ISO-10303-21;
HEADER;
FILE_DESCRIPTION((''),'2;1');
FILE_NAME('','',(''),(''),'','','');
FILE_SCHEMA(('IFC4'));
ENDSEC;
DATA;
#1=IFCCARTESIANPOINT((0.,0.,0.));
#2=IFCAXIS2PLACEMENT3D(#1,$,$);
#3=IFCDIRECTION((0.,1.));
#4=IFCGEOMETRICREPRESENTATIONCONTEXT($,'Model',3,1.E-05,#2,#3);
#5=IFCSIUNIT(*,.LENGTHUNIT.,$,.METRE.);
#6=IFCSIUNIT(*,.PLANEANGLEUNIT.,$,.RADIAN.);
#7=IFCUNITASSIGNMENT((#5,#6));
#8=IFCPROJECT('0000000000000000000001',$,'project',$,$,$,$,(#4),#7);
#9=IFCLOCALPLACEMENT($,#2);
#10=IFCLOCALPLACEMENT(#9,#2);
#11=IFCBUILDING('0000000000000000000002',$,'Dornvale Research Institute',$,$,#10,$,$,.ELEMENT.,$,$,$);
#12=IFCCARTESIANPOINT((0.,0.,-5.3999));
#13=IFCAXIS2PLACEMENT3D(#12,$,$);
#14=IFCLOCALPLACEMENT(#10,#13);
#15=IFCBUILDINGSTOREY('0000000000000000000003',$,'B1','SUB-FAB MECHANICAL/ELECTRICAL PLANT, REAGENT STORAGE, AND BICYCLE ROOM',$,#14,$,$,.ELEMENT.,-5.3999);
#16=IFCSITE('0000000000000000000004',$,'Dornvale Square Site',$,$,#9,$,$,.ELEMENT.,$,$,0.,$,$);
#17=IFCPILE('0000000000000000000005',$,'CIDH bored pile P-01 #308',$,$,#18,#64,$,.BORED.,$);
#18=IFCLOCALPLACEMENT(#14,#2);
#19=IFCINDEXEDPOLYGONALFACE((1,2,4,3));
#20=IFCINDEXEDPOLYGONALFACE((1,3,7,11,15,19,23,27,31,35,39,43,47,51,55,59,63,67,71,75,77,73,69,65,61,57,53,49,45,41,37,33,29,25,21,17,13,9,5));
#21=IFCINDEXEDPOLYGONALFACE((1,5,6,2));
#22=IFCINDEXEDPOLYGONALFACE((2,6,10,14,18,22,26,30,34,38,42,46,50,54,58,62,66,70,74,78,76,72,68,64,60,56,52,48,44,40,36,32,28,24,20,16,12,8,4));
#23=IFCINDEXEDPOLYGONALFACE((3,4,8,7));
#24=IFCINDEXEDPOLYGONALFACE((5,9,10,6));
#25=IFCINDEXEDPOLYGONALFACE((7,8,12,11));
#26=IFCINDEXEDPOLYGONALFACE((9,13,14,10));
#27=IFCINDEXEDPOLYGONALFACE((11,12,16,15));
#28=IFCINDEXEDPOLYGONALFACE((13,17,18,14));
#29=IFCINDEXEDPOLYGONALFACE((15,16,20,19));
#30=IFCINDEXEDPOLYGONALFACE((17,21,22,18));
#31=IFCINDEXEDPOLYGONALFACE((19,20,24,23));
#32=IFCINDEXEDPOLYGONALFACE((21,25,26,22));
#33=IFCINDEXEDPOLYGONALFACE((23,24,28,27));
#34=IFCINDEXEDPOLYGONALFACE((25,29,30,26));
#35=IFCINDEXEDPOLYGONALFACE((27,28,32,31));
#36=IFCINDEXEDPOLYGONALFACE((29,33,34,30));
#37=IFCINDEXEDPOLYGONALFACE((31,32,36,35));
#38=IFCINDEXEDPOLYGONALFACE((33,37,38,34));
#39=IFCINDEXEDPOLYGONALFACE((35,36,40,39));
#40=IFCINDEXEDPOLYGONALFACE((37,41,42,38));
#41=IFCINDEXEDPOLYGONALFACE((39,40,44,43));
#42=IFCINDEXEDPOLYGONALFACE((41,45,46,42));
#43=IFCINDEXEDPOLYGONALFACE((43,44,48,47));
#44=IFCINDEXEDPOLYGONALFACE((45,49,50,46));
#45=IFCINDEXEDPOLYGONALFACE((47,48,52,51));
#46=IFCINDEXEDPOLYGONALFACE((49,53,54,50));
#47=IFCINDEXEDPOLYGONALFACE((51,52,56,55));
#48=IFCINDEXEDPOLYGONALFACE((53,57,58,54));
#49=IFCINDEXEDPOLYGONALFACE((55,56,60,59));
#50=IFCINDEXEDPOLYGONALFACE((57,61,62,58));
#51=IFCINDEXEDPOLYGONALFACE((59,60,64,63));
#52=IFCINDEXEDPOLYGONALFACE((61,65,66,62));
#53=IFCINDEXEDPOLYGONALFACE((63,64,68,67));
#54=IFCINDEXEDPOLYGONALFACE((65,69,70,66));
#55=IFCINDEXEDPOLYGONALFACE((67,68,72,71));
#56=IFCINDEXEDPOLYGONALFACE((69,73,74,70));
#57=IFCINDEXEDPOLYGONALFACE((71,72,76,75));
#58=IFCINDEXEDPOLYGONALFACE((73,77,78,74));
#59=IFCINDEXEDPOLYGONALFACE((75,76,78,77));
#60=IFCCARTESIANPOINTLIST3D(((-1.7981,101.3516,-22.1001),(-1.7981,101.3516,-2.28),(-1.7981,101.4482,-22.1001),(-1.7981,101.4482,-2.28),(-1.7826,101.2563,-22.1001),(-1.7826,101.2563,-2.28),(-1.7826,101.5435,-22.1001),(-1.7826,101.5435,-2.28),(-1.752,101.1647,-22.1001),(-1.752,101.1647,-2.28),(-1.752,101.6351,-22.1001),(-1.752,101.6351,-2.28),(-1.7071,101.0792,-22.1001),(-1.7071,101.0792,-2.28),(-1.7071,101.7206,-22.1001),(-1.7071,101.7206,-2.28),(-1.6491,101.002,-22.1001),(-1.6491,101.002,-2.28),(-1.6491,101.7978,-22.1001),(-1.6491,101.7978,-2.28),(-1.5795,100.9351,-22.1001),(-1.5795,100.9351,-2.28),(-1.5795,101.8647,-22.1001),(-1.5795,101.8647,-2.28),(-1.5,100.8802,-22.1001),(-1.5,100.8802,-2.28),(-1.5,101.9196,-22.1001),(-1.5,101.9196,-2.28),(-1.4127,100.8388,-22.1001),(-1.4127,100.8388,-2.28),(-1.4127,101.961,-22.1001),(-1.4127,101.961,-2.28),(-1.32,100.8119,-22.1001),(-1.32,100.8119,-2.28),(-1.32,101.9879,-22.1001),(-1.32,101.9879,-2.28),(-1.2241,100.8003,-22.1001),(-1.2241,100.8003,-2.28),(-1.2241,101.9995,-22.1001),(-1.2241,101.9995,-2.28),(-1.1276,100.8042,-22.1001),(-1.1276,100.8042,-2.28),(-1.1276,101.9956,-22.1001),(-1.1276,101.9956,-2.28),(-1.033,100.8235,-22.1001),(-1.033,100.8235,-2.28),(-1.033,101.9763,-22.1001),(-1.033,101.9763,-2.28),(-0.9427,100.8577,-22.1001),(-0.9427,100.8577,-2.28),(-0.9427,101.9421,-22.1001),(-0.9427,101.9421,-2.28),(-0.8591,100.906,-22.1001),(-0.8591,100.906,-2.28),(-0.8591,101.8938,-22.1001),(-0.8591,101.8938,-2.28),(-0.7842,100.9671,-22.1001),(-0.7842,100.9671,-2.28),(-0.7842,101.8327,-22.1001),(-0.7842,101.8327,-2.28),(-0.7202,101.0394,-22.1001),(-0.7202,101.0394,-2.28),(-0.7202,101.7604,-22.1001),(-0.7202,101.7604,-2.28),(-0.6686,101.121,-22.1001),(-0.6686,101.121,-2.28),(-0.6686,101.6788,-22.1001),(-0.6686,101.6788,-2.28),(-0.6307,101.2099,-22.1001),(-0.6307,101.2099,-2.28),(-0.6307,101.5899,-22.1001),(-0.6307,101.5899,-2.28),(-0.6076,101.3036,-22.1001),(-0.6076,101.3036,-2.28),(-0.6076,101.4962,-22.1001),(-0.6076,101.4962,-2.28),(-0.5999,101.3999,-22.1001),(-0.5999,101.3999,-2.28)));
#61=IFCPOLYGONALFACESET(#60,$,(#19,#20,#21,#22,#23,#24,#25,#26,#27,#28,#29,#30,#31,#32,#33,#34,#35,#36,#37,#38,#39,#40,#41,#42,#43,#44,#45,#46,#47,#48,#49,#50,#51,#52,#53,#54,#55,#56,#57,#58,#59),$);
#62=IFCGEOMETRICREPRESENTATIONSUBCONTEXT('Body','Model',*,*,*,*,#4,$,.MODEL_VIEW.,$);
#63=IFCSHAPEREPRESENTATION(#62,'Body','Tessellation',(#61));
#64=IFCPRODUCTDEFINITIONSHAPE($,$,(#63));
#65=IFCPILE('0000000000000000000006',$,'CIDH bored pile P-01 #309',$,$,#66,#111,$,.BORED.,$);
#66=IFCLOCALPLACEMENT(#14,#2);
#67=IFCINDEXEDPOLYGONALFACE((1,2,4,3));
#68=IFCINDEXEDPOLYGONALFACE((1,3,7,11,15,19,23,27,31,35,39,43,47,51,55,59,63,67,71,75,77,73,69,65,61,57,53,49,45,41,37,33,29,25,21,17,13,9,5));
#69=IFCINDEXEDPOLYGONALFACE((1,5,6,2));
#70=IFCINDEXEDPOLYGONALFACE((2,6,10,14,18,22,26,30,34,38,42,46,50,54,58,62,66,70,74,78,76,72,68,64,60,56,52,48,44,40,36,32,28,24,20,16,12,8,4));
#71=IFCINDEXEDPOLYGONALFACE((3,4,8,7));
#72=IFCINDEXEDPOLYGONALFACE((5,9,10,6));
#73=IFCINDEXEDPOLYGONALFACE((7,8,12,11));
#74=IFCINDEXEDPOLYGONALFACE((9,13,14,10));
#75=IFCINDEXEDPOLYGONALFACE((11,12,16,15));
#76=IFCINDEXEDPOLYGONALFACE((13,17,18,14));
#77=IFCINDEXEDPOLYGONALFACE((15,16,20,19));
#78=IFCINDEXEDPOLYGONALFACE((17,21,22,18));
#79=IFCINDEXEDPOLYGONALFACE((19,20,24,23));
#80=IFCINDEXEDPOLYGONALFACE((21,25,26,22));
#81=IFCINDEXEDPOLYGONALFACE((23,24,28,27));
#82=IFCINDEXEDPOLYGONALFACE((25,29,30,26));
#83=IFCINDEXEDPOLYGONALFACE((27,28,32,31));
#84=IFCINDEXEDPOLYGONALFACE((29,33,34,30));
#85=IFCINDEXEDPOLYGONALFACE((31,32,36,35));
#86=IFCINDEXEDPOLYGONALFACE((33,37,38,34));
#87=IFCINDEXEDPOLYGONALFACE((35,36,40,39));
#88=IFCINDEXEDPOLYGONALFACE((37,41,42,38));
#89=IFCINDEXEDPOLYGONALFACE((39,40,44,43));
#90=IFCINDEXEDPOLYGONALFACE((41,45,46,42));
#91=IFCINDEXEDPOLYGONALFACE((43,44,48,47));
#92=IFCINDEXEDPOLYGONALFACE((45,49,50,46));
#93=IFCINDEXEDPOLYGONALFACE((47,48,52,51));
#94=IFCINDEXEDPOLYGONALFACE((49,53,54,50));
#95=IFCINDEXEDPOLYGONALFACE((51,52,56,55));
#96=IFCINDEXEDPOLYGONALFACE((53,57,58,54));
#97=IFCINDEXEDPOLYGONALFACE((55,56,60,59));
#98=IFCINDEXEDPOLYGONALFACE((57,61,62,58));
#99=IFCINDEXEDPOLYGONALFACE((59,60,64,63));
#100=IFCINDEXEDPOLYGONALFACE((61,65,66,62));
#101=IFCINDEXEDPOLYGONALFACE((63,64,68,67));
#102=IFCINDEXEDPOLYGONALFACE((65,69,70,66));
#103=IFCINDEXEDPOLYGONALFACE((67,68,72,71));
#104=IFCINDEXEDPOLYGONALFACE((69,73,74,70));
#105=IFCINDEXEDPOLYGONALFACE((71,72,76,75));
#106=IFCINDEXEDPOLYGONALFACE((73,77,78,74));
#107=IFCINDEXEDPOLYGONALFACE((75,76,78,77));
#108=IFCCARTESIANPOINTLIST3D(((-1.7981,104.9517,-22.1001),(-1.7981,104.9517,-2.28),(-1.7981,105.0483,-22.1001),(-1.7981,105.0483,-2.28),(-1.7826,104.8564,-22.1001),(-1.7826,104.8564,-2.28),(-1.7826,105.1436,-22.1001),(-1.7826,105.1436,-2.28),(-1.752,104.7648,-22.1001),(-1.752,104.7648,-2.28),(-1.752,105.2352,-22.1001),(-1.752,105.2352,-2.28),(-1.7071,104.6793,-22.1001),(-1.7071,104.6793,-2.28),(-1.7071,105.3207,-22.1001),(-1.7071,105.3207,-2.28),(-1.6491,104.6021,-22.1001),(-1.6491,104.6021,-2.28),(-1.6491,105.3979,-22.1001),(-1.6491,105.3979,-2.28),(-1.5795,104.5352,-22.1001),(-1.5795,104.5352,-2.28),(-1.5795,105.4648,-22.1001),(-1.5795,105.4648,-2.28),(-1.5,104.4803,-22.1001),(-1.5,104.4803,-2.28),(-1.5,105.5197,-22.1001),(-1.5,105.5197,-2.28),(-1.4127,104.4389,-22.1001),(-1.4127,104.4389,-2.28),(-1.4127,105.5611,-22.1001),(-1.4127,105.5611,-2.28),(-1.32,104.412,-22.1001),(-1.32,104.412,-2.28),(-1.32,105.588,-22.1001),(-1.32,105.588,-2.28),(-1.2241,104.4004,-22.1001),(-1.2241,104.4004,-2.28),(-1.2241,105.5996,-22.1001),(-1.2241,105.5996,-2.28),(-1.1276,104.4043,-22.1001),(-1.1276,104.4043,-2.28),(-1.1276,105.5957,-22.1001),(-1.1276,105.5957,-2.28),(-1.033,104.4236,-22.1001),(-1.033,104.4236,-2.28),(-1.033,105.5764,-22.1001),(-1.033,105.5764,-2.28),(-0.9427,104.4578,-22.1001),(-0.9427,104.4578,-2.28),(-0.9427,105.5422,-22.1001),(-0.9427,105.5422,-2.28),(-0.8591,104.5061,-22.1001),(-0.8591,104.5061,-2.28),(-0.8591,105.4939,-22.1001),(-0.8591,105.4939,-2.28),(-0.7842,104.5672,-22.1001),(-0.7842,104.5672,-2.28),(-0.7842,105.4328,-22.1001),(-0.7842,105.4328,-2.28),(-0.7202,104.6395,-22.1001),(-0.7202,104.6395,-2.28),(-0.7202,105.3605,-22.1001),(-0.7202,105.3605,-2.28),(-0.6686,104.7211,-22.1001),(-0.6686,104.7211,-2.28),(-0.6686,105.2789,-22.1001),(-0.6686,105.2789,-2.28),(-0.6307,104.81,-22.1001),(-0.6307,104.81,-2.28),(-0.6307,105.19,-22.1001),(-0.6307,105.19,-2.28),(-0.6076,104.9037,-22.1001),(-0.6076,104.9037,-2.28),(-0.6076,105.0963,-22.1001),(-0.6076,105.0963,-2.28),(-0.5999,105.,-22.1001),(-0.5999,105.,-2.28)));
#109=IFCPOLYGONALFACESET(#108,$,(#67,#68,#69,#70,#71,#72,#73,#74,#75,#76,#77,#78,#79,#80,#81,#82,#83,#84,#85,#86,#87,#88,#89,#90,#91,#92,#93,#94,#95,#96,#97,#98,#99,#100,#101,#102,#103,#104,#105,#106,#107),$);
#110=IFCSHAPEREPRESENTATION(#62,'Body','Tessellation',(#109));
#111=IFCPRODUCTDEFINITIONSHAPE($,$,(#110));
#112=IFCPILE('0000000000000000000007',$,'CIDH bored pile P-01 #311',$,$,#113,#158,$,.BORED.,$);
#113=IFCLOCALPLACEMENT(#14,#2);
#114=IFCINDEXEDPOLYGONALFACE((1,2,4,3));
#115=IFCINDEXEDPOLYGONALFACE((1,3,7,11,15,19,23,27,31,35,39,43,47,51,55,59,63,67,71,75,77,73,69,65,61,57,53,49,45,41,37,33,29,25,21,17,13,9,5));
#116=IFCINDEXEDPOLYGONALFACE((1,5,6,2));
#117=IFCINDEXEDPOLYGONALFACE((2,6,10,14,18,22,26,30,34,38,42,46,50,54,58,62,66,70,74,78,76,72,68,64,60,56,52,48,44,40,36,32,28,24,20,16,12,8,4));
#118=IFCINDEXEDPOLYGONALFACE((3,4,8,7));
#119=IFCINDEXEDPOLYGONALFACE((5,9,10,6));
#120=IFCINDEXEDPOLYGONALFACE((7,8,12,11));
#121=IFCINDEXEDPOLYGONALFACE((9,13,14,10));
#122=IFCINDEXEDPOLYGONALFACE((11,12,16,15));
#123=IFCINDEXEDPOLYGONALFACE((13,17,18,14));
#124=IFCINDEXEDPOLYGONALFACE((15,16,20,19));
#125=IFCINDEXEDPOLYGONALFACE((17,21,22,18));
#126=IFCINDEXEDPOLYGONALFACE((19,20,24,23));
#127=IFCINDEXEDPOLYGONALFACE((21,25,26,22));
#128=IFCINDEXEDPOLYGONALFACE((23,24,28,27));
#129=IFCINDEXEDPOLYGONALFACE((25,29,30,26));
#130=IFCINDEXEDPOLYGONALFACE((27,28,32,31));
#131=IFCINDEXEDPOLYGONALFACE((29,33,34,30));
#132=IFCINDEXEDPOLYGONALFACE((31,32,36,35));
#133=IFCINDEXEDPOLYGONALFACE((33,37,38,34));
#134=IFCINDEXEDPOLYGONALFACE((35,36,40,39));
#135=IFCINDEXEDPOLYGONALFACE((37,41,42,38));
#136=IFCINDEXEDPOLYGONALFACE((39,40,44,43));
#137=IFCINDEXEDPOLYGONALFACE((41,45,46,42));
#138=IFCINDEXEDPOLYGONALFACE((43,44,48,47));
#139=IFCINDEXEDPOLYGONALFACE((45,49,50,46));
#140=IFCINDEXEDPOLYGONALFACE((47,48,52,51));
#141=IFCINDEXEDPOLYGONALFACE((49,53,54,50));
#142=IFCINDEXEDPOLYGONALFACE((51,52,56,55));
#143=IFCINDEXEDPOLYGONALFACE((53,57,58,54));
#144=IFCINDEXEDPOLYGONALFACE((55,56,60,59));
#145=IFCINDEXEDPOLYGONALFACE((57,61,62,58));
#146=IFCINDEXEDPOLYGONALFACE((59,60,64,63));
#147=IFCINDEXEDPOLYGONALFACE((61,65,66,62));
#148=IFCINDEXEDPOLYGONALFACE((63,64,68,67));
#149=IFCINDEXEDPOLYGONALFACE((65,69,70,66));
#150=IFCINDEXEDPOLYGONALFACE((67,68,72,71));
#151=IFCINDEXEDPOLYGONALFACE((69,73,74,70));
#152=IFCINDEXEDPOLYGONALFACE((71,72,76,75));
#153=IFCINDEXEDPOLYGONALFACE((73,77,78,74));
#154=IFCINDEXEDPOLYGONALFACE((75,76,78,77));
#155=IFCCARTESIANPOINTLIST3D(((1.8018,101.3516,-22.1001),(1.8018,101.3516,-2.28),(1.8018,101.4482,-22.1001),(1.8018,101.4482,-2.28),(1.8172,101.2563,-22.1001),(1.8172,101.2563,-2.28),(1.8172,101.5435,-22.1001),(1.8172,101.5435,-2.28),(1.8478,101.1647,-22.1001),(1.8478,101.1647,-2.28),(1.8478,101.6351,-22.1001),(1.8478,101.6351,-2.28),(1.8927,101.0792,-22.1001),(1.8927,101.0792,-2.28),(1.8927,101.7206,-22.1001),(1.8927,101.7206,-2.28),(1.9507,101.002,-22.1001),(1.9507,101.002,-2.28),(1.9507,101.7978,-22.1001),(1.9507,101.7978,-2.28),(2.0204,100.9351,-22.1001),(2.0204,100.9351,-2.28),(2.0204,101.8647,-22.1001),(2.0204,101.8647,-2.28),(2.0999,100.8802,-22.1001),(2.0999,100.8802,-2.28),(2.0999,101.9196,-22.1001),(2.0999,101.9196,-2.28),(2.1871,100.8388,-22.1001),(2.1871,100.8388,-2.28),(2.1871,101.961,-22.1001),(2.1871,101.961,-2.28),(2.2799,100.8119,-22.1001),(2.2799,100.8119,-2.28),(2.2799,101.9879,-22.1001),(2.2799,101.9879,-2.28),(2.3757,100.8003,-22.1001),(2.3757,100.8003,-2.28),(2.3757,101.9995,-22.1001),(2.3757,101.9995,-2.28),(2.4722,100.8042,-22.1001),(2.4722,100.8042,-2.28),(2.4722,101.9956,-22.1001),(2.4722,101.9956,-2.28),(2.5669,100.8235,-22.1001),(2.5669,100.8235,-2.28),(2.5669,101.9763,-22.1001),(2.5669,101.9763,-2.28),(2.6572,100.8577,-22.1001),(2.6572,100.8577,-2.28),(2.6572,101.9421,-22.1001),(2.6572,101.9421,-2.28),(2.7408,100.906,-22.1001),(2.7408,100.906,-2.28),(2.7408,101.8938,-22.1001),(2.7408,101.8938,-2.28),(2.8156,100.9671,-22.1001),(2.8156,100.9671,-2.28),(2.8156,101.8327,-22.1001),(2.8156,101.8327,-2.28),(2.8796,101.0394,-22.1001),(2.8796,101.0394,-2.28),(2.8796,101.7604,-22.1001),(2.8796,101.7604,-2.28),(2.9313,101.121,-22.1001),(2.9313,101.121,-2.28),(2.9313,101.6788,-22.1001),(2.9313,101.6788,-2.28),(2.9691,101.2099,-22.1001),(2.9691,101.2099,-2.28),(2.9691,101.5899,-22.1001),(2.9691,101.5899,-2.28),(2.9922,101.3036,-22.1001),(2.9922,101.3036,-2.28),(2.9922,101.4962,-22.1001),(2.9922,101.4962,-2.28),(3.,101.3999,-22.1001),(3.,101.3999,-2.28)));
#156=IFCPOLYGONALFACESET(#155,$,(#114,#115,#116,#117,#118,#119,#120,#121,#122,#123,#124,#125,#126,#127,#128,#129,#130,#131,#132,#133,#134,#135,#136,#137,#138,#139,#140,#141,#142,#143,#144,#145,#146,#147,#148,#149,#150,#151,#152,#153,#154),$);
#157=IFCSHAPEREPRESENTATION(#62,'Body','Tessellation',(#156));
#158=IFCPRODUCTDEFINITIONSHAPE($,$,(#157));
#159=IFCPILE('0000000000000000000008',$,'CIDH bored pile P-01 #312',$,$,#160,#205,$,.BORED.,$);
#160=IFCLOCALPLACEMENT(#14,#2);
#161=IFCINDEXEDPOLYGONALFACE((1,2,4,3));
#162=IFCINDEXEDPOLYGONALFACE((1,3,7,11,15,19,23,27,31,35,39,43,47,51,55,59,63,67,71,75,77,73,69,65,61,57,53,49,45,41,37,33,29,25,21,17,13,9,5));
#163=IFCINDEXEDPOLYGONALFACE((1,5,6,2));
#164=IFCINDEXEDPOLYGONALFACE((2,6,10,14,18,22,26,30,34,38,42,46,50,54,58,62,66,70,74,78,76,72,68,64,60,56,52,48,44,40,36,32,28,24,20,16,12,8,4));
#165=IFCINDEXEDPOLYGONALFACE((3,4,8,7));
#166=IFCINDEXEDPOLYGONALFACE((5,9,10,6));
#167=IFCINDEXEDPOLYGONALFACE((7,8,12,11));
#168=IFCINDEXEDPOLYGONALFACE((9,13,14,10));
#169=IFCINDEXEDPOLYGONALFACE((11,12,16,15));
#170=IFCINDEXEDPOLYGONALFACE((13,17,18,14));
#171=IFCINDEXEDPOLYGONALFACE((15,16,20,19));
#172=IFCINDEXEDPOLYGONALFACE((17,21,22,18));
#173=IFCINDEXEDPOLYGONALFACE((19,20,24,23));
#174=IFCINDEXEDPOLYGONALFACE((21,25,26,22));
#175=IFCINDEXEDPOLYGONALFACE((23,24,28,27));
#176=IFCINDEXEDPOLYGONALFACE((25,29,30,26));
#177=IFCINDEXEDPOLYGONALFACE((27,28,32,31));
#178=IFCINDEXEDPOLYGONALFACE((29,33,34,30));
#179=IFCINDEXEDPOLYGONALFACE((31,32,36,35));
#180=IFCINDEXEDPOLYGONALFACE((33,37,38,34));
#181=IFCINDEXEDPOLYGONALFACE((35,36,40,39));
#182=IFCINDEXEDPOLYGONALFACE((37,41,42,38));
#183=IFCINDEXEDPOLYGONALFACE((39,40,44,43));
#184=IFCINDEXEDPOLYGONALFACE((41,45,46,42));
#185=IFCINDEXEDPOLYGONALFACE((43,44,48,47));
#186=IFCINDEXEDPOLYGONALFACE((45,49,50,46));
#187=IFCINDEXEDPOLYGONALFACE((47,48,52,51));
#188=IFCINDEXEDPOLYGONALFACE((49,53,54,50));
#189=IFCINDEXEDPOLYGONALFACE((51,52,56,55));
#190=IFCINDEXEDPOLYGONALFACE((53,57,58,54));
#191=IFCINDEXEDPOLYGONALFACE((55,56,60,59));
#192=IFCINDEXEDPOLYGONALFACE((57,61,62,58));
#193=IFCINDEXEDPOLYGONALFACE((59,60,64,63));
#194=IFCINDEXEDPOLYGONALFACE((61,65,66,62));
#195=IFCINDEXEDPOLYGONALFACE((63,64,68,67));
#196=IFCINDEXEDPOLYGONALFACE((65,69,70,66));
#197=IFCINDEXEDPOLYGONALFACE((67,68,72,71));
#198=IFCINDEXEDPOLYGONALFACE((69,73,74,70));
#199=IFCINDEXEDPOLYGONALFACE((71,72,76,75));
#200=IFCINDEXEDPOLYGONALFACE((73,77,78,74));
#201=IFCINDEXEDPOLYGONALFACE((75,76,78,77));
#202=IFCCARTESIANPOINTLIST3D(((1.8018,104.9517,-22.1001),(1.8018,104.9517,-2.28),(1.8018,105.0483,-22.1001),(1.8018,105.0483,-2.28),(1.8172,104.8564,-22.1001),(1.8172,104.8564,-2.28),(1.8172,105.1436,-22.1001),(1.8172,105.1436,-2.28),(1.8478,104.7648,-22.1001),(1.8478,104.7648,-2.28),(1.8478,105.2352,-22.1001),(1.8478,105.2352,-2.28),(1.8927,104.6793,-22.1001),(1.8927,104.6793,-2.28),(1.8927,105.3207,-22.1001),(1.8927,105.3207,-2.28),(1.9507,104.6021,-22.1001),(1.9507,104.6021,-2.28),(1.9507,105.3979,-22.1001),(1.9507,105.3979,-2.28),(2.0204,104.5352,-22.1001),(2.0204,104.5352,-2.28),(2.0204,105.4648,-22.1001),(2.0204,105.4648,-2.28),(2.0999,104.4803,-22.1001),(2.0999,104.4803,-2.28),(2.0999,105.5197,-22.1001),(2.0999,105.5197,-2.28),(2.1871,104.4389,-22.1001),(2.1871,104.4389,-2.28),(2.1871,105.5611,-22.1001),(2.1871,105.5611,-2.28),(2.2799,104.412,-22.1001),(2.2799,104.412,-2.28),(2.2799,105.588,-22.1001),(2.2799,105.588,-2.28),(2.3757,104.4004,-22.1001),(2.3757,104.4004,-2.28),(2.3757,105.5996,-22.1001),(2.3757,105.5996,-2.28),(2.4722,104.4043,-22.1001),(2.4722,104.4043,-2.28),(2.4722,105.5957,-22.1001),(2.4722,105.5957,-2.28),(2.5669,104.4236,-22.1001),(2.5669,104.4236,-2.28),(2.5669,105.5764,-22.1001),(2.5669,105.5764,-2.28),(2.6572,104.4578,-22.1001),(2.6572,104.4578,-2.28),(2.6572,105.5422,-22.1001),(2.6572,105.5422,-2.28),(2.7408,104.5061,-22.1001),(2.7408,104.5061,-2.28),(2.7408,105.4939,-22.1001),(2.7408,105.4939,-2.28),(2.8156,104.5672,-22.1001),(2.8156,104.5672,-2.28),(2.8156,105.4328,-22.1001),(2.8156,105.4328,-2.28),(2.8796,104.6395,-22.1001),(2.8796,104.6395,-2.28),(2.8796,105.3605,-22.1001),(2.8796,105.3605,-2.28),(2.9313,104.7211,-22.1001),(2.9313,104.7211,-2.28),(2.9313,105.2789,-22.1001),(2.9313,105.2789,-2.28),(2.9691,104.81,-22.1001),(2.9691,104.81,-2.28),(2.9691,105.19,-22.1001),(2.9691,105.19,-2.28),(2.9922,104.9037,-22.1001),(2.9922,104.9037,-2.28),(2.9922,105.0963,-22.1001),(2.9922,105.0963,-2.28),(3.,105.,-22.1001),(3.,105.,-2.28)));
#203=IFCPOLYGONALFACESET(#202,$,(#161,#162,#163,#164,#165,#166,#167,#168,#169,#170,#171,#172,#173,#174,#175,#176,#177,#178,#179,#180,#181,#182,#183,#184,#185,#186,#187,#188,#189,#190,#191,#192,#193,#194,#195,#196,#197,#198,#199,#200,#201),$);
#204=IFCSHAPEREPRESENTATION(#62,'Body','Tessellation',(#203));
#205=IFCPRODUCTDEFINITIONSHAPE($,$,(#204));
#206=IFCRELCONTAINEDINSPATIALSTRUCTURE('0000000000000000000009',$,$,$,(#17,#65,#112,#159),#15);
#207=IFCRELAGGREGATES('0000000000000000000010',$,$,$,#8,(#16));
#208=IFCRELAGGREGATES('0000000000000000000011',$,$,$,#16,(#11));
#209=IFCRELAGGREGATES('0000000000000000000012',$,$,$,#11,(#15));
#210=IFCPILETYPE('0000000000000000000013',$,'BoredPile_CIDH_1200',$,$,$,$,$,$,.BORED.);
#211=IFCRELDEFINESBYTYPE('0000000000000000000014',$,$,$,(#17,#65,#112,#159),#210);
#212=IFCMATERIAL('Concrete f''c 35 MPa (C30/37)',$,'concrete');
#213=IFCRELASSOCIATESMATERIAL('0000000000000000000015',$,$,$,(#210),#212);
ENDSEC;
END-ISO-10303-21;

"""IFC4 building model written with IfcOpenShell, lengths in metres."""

from ifc_helpers import new_model, si_unit, direction, frame, origin, origin_2d, place, context, subcontext, project, spatial, circle, extrude, material, material_profile, profile_set, type_object, element, save


model = new_model("IFC4")

# Units and contexts
model_context = context("Model", 3, precision=1e-05, world=origin(), true_north=direction((0.0, 1.0)))
body_context = subcontext(model_context, "Body", "Model", "MODEL_VIEW")
ifc_project = project(units=[si_unit("LENGTHUNIT", "METRE"), si_unit("PLANEANGLEUNIT", "RADIAN")], contexts=[model_context])

# Site, building, storey
site_placement = place(None, origin())
site = spatial("IfcSite", under=ifc_project, at=site_placement, Name="Dornvale Square Site", CompositionType="ELEMENT", RefElevation=0.0)
building_placement = place(site_placement, origin())
building = spatial("IfcBuilding", under=site, at=building_placement, Name="Dornvale Research Institute", CompositionType="ELEMENT")
storey_placement = place(building_placement, frame((0.0, 0.0, -5.3999)))
storey = spatial("IfcBuildingStorey", under=building, at=storey_placement, Name="B1", Description="SUB-FAB MECHANICAL/ELECTRICAL PLANT, REAGENT STORAGE, AND BICYCLE ROOM", CompositionType="ELEMENT", Elevation=-5.3999)

# Piles
ifc_material_1 = material(Name="Concrete f'c 35 MPa (C30/37)", Category="concrete")
ifc_material_profile_1 = material_profile(ifc_material_1, circle(Radius=0.6001, at=origin_2d()), Name="CIDH PILE D1200")
ifc_profile_set_1 = profile_set([ifc_material_profile_1], Name="Concrete f'c 35 MPa (C30/37)")
pile_type = type_object("IfcPileType", Name="BoredPile_CIDH_1200", PredefinedType="BORED", material=ifc_profile_set_1)
for number, where, z_axis, x_axis, name in (
    (1, (-1.2, 101.3999, -2.28), (0.0, 0.0, -1.0), (1.0, 0.0, 0.0), "CIDH bored pile P-01 #308"),
    (2, (-1.2, 105.0, -2.28), (0.0, 0.0, -1.0), (1.0, 0.0, 0.0), "CIDH bored pile P-01 #309"),
    (3, (2.3999, 101.3999, -2.28), (0.0, 0.0, -1.0), (1.0, 0.0, 0.0), "CIDH bored pile P-01 #311"),
    (4, (2.3999, 105.0, -2.28), (0.0, 0.0, -1.0), (1.0, 0.0, 0.0), "CIDH bored pile P-01 #312"),
):
    element("IfcPile", number, at=place(storey_placement, frame(where, z_axis=z_axis, x_axis=x_axis)), inside=storey, type_object=pile_type, Name=name, PredefinedType="BORED", context=body_context, shape_type="SweptSolid", body=[
        extrude(circle(Radius=0.6001, at=origin_2d()), origin(), (0.0, 0.0, 1.0), 19.8201),
    ])

save(model, "model.ifc")
